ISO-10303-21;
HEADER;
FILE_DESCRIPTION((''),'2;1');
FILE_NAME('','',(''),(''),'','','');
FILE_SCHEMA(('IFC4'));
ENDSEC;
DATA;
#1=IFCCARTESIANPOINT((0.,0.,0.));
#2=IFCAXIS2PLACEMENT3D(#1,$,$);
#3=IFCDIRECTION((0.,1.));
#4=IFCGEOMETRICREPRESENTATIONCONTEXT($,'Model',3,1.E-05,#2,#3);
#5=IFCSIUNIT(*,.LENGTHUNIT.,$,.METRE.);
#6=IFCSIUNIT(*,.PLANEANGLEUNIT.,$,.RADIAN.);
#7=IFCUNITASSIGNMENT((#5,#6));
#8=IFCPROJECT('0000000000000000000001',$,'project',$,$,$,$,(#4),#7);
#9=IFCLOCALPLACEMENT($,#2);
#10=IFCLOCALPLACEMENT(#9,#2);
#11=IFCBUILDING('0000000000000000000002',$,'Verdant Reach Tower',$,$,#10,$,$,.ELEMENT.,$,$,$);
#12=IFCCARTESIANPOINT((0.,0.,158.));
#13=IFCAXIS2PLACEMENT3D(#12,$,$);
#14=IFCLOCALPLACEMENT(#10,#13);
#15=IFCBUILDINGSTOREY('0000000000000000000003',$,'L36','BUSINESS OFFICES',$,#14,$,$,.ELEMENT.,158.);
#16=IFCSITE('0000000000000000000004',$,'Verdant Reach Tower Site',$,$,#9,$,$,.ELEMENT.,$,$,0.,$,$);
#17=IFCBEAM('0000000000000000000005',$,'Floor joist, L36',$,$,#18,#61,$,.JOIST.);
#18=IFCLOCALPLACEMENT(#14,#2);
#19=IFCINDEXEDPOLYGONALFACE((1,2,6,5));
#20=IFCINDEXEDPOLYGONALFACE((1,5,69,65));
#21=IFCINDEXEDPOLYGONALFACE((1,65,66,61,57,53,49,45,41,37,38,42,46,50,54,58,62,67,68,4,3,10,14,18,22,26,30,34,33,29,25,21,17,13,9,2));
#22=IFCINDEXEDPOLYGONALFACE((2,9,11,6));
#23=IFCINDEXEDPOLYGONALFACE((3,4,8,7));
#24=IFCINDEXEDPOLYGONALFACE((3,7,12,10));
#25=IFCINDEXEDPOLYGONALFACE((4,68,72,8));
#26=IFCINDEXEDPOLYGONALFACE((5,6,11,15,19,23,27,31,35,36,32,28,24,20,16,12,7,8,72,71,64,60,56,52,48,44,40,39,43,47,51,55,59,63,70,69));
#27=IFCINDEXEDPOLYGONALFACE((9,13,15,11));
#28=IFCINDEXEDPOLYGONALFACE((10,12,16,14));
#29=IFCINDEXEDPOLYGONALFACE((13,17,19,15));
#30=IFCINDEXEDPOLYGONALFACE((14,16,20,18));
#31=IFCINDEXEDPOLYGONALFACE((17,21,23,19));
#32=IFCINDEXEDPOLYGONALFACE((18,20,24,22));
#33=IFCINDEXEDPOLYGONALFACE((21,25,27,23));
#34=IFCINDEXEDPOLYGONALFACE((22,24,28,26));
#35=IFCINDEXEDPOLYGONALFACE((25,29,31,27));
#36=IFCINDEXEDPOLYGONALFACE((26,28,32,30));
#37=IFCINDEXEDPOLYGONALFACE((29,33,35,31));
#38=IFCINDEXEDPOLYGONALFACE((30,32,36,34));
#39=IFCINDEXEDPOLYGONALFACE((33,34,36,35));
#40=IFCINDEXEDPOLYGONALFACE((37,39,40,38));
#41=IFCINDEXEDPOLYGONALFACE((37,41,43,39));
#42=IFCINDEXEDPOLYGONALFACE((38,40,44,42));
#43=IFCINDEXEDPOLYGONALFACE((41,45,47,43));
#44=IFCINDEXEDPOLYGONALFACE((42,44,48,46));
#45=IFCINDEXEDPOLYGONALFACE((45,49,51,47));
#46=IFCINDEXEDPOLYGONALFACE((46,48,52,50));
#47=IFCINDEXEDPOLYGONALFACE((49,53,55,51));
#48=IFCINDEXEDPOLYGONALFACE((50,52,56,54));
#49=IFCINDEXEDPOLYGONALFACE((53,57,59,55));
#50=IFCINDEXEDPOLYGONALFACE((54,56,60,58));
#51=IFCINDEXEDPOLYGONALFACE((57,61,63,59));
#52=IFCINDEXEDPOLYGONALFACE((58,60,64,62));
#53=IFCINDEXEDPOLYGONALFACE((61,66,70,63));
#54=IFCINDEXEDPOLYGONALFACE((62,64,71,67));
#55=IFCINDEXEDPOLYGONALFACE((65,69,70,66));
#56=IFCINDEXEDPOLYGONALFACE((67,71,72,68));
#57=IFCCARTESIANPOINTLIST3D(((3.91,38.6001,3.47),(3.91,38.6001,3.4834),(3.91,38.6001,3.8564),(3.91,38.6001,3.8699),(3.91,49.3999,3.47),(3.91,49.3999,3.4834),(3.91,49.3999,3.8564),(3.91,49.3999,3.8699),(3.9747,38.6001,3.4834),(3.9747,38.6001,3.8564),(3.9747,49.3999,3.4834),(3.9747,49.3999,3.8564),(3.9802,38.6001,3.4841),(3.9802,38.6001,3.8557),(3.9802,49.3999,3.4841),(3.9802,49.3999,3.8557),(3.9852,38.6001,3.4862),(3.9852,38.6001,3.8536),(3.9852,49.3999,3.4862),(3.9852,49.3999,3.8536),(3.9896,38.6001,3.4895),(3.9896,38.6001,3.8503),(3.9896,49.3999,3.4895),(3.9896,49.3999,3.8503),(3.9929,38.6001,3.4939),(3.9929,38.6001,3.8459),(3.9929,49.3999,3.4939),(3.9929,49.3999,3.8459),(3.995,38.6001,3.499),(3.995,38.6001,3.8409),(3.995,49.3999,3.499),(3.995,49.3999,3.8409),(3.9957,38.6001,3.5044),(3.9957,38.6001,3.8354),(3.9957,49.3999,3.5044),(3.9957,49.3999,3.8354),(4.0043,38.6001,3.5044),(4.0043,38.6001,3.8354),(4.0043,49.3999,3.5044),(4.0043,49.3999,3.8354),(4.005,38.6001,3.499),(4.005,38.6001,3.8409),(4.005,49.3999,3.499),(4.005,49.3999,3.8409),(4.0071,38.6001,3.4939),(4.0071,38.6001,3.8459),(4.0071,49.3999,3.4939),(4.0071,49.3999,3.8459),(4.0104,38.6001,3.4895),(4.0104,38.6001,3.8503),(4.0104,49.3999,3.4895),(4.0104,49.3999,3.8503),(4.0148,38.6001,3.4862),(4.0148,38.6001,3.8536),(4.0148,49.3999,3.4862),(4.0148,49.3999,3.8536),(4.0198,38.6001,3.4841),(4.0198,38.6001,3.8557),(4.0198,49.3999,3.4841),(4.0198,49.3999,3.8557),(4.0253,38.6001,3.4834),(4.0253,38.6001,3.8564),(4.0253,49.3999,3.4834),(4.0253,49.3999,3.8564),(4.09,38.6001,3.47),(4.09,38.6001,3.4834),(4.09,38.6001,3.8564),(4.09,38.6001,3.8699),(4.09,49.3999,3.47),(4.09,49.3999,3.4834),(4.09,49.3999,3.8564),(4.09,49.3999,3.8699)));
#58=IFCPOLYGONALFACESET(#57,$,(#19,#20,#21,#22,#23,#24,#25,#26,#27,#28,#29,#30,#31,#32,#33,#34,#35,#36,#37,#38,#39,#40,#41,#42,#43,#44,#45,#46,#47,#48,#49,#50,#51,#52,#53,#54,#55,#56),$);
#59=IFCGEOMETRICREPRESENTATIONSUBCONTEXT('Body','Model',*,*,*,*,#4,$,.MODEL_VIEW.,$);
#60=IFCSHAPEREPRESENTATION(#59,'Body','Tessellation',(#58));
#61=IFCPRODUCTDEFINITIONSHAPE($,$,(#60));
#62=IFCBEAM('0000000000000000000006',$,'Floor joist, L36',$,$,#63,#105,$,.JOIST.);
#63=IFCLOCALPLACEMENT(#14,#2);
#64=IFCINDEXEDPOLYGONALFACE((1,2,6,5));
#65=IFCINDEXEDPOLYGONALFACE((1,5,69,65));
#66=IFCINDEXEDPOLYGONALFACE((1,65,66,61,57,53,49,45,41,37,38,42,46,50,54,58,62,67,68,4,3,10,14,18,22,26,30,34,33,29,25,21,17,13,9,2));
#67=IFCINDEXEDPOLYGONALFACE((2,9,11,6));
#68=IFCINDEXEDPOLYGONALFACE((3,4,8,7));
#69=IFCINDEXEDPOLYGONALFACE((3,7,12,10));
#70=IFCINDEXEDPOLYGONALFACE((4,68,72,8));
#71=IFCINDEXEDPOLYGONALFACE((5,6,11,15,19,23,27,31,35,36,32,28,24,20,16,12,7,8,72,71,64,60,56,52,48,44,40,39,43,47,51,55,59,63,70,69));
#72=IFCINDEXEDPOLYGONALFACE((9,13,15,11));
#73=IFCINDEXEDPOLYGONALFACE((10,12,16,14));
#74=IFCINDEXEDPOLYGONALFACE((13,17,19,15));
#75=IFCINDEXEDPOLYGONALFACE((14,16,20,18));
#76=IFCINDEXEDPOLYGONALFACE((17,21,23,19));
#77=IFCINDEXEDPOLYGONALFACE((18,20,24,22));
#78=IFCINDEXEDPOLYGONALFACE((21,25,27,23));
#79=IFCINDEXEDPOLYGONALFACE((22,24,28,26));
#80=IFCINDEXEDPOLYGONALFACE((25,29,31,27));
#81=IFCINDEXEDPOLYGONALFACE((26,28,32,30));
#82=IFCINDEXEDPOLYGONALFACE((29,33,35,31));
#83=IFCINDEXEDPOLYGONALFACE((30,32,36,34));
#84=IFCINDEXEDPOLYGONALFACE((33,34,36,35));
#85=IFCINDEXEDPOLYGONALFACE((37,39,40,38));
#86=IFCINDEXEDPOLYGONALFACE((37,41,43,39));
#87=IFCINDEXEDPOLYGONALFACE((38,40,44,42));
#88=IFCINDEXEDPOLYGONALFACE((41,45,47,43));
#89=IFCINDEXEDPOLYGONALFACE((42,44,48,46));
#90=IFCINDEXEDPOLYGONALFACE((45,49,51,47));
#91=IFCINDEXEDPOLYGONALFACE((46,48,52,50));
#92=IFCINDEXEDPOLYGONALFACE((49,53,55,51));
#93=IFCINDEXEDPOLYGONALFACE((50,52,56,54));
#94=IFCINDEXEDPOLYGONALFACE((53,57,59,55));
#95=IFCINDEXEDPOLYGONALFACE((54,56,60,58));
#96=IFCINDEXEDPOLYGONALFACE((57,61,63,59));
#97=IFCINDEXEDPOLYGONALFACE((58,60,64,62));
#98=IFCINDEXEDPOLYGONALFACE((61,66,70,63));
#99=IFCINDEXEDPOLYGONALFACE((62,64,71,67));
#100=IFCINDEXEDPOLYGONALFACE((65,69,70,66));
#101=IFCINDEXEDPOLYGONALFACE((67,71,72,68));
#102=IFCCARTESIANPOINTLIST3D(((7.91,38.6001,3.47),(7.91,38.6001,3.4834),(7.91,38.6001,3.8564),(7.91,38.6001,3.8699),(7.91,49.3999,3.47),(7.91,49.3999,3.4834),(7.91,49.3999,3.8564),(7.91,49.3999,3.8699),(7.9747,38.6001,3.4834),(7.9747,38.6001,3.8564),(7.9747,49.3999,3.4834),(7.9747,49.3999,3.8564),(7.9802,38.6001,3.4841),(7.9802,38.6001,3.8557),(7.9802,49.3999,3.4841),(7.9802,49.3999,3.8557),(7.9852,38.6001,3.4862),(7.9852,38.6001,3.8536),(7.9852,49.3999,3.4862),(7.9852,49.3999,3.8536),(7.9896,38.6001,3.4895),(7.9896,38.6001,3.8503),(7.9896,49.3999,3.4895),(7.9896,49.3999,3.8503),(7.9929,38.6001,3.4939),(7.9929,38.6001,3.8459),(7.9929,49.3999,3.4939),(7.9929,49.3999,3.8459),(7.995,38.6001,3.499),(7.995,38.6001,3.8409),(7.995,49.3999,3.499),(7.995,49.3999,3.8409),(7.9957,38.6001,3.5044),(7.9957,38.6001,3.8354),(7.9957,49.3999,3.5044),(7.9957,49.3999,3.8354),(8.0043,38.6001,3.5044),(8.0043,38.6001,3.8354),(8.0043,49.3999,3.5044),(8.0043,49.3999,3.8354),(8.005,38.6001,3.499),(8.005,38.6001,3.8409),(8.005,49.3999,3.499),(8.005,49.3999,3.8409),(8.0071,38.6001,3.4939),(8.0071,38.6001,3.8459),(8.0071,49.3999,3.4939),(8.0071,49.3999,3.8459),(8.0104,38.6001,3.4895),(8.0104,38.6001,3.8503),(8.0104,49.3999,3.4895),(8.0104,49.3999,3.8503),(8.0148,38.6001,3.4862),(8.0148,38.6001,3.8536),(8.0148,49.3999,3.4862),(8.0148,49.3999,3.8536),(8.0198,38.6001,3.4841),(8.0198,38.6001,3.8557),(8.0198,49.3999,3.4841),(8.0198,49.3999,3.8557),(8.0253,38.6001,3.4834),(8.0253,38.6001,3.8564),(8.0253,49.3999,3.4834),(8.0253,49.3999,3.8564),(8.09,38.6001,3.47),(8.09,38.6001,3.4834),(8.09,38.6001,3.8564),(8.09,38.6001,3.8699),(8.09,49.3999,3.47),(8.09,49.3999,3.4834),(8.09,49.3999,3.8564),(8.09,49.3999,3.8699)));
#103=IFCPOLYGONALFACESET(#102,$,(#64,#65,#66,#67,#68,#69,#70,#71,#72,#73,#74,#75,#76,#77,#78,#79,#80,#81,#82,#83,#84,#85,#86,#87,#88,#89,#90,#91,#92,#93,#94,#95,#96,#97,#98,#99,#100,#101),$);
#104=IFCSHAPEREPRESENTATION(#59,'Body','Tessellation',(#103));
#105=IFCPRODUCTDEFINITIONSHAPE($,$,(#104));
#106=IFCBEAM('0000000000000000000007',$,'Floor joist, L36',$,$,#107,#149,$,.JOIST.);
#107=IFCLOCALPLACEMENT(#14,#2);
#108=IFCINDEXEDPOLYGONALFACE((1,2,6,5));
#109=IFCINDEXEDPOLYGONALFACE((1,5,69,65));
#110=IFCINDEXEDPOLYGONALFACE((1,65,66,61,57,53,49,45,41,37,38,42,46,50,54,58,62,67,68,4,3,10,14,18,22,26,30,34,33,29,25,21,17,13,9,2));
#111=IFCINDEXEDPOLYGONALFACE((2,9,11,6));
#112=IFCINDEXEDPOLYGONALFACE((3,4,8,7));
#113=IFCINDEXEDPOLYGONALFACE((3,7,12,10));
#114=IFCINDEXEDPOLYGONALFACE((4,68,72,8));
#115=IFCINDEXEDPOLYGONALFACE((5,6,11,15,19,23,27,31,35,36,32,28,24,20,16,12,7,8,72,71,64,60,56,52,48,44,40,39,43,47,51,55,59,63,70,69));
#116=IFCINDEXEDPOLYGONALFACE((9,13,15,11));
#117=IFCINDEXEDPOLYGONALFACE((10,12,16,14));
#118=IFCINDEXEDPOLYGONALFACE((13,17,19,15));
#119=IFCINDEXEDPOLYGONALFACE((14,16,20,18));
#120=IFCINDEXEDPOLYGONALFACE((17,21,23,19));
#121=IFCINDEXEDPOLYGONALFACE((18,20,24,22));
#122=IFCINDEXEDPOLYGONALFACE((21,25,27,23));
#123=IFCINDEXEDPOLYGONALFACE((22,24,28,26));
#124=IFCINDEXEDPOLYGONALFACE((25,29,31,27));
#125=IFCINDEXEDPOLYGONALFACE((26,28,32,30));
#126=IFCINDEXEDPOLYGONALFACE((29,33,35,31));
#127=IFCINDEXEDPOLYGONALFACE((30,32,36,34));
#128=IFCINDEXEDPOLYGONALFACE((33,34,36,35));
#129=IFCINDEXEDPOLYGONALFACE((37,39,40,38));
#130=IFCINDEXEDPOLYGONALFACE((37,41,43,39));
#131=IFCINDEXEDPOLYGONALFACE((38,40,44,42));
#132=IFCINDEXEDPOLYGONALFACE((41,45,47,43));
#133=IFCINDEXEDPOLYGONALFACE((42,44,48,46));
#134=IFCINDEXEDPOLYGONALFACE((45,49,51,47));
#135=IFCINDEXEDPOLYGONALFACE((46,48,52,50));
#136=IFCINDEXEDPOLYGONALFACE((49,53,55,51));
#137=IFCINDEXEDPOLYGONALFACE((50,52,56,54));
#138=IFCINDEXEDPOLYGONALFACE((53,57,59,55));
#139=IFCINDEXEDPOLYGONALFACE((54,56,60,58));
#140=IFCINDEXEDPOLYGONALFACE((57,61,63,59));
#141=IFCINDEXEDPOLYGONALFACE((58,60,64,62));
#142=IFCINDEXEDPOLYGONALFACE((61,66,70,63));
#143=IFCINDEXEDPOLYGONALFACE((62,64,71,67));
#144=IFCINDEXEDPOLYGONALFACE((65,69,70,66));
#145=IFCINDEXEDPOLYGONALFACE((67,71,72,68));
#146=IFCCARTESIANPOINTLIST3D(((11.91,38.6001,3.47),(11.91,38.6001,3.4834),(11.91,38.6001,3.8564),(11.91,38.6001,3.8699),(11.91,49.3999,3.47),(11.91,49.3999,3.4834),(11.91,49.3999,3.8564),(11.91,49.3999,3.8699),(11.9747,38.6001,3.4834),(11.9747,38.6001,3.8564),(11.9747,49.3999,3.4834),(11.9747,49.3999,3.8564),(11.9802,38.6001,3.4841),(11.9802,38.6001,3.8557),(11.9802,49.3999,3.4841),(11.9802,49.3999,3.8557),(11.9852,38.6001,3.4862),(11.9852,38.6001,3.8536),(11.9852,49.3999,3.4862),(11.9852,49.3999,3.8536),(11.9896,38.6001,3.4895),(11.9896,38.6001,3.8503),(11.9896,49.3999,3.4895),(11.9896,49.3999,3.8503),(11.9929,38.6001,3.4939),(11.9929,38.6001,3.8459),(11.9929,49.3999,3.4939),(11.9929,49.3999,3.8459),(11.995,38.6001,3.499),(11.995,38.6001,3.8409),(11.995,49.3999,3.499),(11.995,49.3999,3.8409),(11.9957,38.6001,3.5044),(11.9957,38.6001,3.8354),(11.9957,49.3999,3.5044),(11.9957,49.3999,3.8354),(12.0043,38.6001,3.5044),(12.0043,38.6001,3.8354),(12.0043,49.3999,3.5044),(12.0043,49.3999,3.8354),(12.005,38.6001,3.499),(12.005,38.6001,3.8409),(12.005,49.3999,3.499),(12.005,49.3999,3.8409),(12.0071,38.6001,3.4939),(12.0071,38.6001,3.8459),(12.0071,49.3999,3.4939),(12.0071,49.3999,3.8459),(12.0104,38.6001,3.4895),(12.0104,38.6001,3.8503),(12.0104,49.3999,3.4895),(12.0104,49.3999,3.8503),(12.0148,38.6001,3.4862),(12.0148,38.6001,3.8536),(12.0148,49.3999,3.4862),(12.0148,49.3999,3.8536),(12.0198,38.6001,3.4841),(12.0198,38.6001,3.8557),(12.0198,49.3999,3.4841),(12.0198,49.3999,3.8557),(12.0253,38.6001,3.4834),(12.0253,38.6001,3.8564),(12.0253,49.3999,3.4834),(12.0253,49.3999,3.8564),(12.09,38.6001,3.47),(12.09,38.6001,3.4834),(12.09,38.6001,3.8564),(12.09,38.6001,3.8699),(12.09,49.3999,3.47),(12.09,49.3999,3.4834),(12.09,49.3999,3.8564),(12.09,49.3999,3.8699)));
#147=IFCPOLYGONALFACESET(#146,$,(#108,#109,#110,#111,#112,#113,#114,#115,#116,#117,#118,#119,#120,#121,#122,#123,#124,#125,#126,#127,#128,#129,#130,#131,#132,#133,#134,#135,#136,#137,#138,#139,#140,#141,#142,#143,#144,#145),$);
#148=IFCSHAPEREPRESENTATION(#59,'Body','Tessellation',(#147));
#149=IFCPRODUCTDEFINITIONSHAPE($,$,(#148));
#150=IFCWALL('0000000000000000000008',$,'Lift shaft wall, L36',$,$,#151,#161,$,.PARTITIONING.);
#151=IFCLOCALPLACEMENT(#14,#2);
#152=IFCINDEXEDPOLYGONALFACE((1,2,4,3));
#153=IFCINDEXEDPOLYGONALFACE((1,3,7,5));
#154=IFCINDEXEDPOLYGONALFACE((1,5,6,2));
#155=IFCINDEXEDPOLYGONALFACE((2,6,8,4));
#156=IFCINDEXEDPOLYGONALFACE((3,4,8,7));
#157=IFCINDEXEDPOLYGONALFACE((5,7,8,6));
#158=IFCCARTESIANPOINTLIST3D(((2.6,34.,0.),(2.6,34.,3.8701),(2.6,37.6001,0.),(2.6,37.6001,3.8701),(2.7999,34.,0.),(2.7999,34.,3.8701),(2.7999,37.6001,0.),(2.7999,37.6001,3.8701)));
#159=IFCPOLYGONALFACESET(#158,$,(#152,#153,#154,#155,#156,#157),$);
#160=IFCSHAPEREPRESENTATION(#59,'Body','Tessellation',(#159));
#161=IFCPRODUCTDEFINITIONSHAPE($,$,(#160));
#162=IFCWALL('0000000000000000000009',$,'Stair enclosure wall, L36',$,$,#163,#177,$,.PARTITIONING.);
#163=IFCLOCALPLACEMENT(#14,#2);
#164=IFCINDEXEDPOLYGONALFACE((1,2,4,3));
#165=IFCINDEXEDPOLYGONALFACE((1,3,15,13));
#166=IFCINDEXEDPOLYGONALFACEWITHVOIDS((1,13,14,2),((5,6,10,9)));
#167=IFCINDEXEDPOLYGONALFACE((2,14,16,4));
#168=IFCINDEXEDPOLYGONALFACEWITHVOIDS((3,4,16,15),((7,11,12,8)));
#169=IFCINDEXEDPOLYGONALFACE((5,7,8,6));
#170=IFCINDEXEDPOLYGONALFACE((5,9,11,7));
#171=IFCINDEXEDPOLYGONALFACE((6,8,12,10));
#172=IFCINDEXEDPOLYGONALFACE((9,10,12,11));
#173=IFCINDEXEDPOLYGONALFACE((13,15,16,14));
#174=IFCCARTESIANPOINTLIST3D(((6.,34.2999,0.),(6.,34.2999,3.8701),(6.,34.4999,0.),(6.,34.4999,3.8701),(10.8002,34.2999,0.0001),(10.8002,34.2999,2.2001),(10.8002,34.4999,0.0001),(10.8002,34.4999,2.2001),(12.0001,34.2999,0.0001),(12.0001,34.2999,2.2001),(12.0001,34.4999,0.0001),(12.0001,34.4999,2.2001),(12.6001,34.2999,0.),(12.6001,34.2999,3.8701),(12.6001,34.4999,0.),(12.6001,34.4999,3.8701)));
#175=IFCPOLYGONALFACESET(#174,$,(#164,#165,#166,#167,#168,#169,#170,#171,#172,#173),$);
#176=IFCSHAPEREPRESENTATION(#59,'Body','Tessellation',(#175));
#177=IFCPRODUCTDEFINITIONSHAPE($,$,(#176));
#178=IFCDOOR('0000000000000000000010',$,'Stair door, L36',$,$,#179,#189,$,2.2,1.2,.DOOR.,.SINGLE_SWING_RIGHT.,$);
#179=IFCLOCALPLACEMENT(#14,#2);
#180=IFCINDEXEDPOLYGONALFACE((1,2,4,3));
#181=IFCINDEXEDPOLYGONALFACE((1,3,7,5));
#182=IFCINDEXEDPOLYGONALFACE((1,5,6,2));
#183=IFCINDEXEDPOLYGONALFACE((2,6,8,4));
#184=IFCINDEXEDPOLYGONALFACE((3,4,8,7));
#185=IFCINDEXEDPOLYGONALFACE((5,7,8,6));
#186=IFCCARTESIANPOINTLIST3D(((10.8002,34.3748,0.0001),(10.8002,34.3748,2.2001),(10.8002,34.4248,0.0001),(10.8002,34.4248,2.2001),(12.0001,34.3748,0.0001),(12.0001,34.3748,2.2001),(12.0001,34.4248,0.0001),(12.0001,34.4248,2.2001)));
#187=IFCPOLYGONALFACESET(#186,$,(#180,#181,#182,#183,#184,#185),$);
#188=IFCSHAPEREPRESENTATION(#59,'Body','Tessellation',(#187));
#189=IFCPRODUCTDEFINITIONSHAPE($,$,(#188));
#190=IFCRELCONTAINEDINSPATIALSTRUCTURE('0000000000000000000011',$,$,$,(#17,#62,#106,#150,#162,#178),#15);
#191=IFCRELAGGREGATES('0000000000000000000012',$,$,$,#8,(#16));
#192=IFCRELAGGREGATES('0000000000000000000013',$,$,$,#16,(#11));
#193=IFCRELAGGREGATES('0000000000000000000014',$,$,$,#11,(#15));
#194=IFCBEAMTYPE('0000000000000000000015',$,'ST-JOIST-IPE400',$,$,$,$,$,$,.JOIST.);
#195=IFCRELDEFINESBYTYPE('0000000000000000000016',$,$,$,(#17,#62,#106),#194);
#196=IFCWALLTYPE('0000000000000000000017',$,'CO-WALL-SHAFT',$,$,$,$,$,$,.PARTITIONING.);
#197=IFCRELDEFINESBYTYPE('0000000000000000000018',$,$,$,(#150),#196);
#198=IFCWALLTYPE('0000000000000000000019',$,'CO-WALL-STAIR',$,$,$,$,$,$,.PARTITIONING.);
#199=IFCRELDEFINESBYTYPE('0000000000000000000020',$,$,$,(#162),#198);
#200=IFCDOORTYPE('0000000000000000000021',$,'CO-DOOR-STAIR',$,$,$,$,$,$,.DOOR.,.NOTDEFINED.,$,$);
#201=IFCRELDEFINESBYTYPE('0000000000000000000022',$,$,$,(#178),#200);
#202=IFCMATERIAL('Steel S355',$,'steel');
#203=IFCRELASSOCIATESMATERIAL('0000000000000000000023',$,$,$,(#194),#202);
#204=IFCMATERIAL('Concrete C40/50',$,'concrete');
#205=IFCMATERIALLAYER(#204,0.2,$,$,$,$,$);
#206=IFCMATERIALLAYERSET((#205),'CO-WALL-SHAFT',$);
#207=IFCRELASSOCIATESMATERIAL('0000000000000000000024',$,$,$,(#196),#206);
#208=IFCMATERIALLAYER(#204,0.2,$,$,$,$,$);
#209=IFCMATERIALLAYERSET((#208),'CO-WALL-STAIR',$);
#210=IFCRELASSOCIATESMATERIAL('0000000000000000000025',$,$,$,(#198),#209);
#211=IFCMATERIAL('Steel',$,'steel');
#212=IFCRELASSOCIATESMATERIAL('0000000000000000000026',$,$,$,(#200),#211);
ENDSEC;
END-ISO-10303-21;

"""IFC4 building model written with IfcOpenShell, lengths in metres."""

from ifc_helpers import new_model, si_unit, direction, frame, frame_2d, origin, origin_2d, place, context, subcontext, project, spatial, rectangle, i_section, extrude, material, layer, layer_set, material_profile, profile_set, type_object, element, fill, save


model = new_model("IFC4")

# Units and contexts
model_context = context("Model", 3, precision=1e-05, world=origin(), true_north=direction((0.0, 1.0)))
body_context = subcontext(model_context, "Body", "Model", "MODEL_VIEW")
ifc_project = project(units=[si_unit("LENGTHUNIT", "METRE"), si_unit("PLANEANGLEUNIT", "RADIAN")], contexts=[model_context])

# Site, building, storey
site_placement = place(None, origin())
site = spatial("IfcSite", under=ifc_project, at=site_placement, Name="Verdant Reach Tower Site", CompositionType="ELEMENT", RefElevation=0.0)
building_placement = place(site_placement, origin())
building = spatial("IfcBuilding", under=site, at=building_placement, Name="Verdant Reach Tower", CompositionType="ELEMENT")
storey_placement = place(building_placement, frame((0.0, 0.0, 158.0)))
storey = spatial("IfcBuildingStorey", under=building, at=storey_placement, Name="L36", Description="BUSINESS OFFICES", CompositionType="ELEMENT", Elevation=158.0)

# Beams
ifc_material_1 = material(Name="Steel S355", Category="steel")
ifc_material_profile = material_profile(ifc_material_1, i_section(OverallWidth=0.1799, OverallDepth=0.3999, WebThickness=0.0085, FlangeThickness=0.0134, FilletRadius=0.021, at=origin_2d()), Name="IPE 400")
ifc_profile_set = profile_set([ifc_material_profile], Name="Steel S355")
beam_type = type_object("IfcBeamType", Name="ST-JOIST-IPE400", PredefinedType="JOIST", material=ifc_profile_set)
for number, where, z_axis, x_axis, name in (
    (1, (4.0, 38.6001, 3.6699), (0.0, 1.0, 0.0), (-1.0, 0.0, 0.0), "Floor joist, L36"),
    (2, (8.0, 38.6001, 3.6699), (0.0, 1.0, 0.0), (-1.0, 0.0, 0.0), "Floor joist, L36"),
    (3, (12.0, 38.6001, 3.6699), (0.0, 1.0, 0.0), (-1.0, 0.0, 0.0), "Floor joist, L36"),
):
    element("IfcBeam", number, at=place(storey_placement, frame(where, z_axis=z_axis, x_axis=x_axis)), inside=storey, type_object=beam_type, Name=name, PredefinedType="JOIST", context=body_context, shape_type="SweptSolid", body=[
        extrude(i_section(OverallWidth=0.1799, OverallDepth=0.3999, WebThickness=0.0085, FlangeThickness=0.0134, FilletRadius=0.021, at=origin_2d()), origin(), (0.0, 0.0, 1.0), 10.7998),
    ])

# Wall
ifc_material_2 = material(Name="Concrete C40/50", Category="concrete")
ifc_layer_1 = layer(ifc_material_2, 0.2)
ifc_layer_set_1 = layer_set([ifc_layer_1], Name="CO-WALL-SHAFT")
wall_type_1 = type_object("IfcWallType", Name="CO-WALL-SHAFT", PredefinedType="PARTITIONING", material=ifc_layer_set_1)
wall_1_placement = place(storey_placement, frame((2.7, 34.0, 0.0), z_axis=(0.0, 0.0, 1.0), x_axis=(0.0, 1.0, 0.0)))
element("IfcWall", 4, at=wall_1_placement, inside=storey, type_object=wall_type_1, Name="Lift shaft wall, L36", PredefinedType="PARTITIONING", context=body_context, shape_type="SweptSolid", body=[
    extrude(rectangle(XDim=3.6001, YDim=0.2, at=frame_2d((1.8, 0.0))), origin(), (0.0, 0.0, 1.0), 3.8701),
])

# Wall, opening, door
ifc_layer_2 = layer(ifc_material_2, 0.2)
ifc_layer_set_2 = layer_set([ifc_layer_2], Name="CO-WALL-STAIR")
wall_type_2 = type_object("IfcWallType", Name="CO-WALL-STAIR", PredefinedType="PARTITIONING", material=ifc_layer_set_2)
wall_2_placement = place(storey_placement, frame((6.0, 34.3999, 0.0), z_axis=(0.0, 0.0, 1.0), x_axis=(1.0, 0.0, 0.0)))
wall_2 = element("IfcWall", 5, at=wall_2_placement, inside=storey, type_object=wall_type_2, Name="Stair enclosure wall, L36", PredefinedType="PARTITIONING", context=body_context, shape_type="SweptSolid", body=[
    extrude(rectangle(XDim=6.6001, YDim=0.2, at=frame_2d((3.3, 0.0))), origin(), (0.0, 0.0, 1.0), 3.8701),
])
opening_1_placement = place(wall_2_placement, frame((4.8, 0.0, 0.0)))
opening_1 = element("IfcOpeningElement", 6, at=opening_1_placement, cuts=wall_2, PredefinedType="OPENING", context=body_context, shape_type="SweptSolid", body=[
    extrude(rectangle(XDim=1.2, YDim=2.2, at=frame_2d((0.6001, 1.1001))), frame((0.0, 0.1099, 0.0), z_axis=(0.0, -1.0, 0.0), x_axis=(1.0, 0.0, 0.0)), (0.0, 0.0, 1.0), 0.22),
])
ifc_material_3 = material(Name="Steel", Category="steel")
door_type_1 = type_object("IfcDoorType", Name="CO-DOOR-STAIR", OperationType="NOTDEFINED", PredefinedType="DOOR", material=ifc_material_3)
door_1_placement = place(opening_1_placement, origin())
door_1 = element("IfcDoor", 7, at=door_1_placement, inside=storey, type_object=door_type_1, Name="Stair door, L36", OperationType="SINGLE_SWING_RIGHT", OverallHeight=2.2, OverallWidth=1.2, PredefinedType="DOOR", context=body_context, shape_type="SweptSolid", body=[
    extrude(rectangle(XDim=1.2, YDim=2.2, at=frame_2d((0.6001, 1.1001))), frame((0.0, 0.0249, 0.0), z_axis=(0.0, -1.0, 0.0), x_axis=(1.0, 0.0, 0.0)), (0.0, 0.0, 1.0), 0.05),
])
fill(opening_1, door_1)

save(model, "model.ifc")
